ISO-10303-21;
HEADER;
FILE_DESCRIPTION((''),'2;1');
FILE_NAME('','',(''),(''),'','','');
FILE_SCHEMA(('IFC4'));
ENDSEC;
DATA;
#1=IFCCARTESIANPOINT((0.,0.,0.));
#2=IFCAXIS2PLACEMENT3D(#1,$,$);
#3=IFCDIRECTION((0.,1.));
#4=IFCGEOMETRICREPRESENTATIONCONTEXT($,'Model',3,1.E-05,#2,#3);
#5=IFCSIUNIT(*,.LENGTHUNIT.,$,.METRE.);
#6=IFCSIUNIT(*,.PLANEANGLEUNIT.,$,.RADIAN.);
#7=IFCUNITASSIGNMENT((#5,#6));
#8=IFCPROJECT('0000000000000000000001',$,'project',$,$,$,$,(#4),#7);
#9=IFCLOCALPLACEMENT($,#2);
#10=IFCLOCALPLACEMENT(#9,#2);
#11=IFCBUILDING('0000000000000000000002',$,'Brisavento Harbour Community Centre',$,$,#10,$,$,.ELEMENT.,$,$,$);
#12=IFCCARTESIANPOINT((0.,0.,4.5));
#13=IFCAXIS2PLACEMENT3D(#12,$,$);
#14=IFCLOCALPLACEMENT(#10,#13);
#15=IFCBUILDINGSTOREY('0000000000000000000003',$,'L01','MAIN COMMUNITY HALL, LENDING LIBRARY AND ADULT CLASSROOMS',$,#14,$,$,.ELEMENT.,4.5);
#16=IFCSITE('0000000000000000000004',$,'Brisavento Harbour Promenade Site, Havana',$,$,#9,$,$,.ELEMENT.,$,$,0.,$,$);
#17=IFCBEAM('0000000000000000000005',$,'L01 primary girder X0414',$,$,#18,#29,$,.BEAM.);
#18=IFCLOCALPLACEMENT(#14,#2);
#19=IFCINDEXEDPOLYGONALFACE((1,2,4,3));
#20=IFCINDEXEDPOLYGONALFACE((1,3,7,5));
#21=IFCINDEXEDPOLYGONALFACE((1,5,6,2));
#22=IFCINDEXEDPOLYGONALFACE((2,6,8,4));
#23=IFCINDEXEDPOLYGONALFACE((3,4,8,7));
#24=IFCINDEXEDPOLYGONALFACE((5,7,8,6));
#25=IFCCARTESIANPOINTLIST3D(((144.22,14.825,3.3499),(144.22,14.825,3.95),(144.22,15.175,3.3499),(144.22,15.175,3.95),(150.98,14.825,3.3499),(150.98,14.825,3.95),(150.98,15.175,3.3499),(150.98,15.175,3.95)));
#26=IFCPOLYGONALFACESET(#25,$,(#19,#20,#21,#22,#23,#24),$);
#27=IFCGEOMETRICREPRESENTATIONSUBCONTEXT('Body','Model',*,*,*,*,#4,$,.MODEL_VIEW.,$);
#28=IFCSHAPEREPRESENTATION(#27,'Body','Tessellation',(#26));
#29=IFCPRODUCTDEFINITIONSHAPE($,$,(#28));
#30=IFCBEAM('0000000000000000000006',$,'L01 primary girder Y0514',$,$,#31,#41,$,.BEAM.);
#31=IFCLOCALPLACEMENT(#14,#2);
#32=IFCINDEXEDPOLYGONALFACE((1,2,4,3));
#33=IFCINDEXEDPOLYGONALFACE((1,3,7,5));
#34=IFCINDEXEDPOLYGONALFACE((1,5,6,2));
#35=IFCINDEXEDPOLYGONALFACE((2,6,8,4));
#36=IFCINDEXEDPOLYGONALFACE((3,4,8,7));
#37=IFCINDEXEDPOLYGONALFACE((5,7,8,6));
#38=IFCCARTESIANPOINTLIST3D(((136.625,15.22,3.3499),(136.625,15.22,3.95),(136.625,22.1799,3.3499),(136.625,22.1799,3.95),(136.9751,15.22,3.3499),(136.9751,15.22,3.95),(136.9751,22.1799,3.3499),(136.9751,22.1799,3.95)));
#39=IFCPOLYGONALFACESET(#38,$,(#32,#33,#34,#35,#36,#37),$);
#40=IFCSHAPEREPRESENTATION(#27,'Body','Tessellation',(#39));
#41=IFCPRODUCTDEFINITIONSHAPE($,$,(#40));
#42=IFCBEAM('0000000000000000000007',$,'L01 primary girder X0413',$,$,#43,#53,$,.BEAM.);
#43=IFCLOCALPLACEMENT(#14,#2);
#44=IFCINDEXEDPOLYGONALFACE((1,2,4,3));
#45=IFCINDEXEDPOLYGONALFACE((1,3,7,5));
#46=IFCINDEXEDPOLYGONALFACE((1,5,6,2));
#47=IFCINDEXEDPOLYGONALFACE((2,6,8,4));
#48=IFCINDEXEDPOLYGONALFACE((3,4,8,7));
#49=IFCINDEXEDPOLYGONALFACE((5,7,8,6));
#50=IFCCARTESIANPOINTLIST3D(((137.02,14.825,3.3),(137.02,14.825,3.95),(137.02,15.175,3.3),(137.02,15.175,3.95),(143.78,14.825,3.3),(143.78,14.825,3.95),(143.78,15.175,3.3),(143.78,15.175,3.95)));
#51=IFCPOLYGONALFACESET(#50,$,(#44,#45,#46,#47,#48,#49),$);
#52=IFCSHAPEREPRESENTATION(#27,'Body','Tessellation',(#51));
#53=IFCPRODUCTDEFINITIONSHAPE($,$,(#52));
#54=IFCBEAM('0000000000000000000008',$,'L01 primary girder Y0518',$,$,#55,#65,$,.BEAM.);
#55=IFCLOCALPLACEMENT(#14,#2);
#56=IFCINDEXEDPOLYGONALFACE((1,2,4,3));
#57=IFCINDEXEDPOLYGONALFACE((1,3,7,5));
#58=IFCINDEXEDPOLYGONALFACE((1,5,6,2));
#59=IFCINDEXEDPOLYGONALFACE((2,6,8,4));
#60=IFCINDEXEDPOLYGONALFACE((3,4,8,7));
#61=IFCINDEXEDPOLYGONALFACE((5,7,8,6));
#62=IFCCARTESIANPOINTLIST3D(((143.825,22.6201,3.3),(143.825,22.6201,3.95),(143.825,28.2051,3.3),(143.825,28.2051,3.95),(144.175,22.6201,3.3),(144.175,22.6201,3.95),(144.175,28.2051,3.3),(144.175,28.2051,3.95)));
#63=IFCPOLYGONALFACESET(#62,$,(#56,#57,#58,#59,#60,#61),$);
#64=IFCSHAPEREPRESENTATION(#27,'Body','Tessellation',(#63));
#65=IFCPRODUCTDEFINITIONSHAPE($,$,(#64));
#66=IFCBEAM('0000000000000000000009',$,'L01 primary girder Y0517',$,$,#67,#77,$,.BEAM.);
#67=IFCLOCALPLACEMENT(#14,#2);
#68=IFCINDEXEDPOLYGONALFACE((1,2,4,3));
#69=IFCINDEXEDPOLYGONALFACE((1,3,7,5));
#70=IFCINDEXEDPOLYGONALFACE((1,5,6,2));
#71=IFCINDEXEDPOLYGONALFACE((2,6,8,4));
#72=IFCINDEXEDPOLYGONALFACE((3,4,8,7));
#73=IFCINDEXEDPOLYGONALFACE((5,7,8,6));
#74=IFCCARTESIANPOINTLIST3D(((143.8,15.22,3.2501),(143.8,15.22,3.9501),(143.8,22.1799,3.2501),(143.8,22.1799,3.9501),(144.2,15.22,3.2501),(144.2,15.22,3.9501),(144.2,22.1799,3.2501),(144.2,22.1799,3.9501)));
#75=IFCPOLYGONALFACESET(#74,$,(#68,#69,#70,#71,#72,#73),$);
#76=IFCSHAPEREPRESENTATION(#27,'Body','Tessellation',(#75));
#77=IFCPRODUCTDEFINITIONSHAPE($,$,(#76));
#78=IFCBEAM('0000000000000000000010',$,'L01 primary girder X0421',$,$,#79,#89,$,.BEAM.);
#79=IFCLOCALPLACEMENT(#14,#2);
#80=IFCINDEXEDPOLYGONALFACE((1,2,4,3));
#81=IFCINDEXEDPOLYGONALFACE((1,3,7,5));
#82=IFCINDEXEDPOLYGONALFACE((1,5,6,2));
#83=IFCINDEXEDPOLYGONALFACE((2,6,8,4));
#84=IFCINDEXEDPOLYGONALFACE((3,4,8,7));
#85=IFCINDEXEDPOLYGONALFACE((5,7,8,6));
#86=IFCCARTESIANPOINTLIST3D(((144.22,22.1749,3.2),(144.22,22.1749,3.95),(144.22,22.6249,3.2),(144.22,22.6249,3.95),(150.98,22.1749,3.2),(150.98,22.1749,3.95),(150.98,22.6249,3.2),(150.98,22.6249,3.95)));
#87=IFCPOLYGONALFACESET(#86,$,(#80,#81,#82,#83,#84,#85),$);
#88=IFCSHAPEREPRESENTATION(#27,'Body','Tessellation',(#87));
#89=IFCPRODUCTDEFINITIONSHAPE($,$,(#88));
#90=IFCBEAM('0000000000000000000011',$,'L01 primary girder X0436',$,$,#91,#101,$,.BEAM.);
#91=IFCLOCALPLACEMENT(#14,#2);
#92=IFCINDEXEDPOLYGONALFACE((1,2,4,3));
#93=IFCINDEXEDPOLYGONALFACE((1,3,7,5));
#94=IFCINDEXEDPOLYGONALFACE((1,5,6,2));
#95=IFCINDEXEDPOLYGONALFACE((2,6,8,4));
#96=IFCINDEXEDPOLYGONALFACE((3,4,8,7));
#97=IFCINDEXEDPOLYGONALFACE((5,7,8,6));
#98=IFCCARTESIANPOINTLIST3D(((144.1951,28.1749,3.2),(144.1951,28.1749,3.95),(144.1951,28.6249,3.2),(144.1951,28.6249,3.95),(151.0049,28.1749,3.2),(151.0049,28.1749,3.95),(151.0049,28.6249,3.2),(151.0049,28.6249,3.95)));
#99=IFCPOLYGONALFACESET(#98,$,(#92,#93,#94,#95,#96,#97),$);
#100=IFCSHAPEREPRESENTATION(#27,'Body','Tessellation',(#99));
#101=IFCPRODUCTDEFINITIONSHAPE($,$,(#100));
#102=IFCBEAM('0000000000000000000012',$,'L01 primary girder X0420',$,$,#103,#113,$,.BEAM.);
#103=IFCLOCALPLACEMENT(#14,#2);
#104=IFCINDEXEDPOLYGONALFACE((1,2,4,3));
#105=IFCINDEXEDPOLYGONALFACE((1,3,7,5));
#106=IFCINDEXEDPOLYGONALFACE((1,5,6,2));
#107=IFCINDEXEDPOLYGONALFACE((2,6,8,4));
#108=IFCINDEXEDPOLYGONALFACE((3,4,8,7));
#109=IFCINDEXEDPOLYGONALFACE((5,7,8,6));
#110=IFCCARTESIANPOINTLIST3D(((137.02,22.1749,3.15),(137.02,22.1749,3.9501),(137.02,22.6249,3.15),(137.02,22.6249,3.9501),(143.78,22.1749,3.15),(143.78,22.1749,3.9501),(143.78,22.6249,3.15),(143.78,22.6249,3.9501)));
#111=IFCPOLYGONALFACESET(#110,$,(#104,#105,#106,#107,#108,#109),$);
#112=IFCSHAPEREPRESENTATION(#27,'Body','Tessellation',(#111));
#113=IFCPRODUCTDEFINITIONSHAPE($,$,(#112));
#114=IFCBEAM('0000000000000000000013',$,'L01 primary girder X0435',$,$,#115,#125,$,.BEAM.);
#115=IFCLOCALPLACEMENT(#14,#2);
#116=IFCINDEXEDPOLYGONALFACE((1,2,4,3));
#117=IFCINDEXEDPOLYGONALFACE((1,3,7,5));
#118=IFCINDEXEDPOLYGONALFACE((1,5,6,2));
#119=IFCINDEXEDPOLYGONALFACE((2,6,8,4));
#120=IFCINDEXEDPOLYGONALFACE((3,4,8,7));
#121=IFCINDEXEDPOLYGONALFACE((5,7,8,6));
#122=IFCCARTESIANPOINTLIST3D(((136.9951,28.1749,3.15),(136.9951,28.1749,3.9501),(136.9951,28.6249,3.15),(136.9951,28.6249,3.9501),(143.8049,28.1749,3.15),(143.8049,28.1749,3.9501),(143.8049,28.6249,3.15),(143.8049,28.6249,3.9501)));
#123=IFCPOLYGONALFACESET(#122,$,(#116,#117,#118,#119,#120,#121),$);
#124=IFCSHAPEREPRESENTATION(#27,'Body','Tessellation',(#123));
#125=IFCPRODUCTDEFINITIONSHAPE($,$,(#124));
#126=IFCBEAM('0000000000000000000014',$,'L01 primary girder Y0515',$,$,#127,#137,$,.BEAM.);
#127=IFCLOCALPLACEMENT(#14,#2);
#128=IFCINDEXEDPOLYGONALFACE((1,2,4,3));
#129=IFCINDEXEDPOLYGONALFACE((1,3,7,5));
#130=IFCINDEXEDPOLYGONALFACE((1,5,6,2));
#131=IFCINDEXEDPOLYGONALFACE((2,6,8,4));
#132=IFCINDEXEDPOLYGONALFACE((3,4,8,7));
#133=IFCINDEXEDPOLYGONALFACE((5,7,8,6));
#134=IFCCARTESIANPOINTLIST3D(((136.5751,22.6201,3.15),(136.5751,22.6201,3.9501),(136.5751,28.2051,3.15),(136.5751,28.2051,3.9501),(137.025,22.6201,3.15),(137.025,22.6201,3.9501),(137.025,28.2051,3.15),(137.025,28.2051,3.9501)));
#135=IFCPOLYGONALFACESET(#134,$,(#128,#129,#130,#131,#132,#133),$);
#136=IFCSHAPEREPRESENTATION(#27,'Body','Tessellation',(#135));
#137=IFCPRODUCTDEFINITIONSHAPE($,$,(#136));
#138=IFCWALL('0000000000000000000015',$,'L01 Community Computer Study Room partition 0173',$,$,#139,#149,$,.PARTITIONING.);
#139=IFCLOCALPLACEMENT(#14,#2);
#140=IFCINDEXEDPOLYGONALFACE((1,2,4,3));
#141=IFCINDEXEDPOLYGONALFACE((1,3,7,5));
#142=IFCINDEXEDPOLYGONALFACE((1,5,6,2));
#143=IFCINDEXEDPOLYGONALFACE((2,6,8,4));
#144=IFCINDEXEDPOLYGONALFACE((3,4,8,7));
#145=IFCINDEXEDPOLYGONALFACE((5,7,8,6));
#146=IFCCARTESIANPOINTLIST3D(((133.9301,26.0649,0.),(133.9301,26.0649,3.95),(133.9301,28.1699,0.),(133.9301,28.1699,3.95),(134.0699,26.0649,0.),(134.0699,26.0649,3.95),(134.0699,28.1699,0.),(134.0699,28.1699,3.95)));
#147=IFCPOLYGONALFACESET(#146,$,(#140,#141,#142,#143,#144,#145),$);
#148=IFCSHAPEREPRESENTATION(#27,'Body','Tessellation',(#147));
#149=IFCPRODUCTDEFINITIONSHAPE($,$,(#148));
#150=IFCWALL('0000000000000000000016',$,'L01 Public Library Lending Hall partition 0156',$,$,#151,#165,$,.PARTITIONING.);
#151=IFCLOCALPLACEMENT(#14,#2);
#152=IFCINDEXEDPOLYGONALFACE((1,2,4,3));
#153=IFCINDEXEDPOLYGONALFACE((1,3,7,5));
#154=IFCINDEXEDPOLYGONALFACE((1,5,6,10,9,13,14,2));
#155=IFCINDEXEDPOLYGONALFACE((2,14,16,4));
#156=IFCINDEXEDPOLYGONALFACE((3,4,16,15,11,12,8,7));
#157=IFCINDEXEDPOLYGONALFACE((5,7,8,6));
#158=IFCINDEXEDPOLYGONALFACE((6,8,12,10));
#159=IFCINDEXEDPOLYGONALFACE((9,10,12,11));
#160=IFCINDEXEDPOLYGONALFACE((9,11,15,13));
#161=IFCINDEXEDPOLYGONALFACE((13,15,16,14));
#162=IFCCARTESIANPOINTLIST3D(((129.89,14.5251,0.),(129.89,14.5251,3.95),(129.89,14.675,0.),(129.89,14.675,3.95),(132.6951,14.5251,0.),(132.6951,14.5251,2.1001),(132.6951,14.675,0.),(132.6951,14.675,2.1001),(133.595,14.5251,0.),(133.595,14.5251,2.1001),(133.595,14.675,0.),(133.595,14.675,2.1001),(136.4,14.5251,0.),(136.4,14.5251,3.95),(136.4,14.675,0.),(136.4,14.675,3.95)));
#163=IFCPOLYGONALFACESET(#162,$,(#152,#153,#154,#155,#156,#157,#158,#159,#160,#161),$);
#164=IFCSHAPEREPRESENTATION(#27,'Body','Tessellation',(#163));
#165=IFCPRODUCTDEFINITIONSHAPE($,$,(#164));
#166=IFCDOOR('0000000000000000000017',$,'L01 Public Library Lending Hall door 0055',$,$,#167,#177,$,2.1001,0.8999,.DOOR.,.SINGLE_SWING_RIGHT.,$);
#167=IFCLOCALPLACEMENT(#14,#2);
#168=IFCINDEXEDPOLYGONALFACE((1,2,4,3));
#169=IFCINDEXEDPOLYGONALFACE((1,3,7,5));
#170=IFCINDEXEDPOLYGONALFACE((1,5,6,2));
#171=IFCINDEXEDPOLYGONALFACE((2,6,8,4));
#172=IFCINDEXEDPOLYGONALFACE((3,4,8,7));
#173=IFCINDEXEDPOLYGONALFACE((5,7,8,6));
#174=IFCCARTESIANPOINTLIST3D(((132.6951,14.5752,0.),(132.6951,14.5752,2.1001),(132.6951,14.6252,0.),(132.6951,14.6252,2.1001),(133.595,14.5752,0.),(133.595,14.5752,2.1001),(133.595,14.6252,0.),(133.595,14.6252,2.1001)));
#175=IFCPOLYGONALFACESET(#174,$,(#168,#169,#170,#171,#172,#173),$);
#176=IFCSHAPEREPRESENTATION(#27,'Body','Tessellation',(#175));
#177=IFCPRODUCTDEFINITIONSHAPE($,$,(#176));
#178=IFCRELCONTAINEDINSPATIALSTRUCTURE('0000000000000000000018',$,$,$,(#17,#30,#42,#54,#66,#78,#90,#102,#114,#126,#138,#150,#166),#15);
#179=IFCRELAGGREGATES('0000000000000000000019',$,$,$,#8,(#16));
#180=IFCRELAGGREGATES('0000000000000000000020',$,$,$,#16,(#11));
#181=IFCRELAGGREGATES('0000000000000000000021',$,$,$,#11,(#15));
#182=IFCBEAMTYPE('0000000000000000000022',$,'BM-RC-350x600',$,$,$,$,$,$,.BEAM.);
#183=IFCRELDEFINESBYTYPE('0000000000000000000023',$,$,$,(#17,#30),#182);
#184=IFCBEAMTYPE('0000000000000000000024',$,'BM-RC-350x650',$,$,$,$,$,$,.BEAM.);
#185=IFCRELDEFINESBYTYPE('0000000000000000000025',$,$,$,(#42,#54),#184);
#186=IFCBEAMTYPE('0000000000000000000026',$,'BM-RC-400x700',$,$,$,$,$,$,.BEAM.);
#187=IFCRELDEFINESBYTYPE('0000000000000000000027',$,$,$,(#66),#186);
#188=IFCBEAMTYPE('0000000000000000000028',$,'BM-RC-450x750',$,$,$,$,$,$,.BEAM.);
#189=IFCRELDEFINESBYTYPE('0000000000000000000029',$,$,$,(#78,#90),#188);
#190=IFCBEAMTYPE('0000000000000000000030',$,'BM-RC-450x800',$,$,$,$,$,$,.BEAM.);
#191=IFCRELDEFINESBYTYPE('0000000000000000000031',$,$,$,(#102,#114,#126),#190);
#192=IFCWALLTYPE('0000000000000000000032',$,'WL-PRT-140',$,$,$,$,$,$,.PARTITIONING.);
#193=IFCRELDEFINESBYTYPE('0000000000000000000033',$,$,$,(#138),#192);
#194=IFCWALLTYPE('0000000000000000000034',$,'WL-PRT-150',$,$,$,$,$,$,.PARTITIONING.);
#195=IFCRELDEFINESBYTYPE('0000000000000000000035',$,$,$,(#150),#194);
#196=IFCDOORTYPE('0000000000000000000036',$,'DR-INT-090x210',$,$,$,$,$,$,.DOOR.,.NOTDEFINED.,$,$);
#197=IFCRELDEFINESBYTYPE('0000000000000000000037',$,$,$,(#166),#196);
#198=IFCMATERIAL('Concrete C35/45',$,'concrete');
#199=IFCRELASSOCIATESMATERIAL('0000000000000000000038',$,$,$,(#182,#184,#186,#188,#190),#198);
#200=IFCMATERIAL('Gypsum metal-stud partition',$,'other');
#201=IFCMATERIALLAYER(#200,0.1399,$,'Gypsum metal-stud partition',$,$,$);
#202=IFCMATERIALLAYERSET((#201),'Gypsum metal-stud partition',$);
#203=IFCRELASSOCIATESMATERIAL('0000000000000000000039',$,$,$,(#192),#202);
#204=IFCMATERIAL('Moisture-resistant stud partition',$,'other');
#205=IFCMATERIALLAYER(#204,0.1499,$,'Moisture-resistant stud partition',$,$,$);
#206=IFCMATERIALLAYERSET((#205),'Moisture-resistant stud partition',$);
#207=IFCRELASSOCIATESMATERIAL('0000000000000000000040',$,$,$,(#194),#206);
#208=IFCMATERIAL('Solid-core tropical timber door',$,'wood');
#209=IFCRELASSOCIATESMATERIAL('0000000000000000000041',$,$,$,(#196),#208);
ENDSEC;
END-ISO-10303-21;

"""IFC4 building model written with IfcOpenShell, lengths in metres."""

from ifc_helpers import new_model, si_unit, direction, frame, frame_2d, origin, origin_2d, place, context, subcontext, project, spatial, rectangle, extrude, material, layer, layer_set, material_profile, profile_set, type_object, element, fill, save


model = new_model("IFC4")

# Units and contexts
model_context = context("Model", 3, precision=1e-05, world=origin(), true_north=direction((0.0, 1.0)))
body_context = subcontext(model_context, "Body", "Model", "MODEL_VIEW")
ifc_project = project(units=[si_unit("LENGTHUNIT", "METRE"), si_unit("PLANEANGLEUNIT", "RADIAN")], contexts=[model_context])

# Site, building, storey
site_placement = place(None, origin())
site = spatial("IfcSite", under=ifc_project, at=site_placement, Name="Brisavento Harbour Promenade Site, Havana", CompositionType="ELEMENT", RefElevation=0.0)
building_placement = place(site_placement, origin())
building = spatial("IfcBuilding", under=site, at=building_placement, Name="Brisavento Harbour Community Centre", CompositionType="ELEMENT")
storey_placement = place(building_placement, frame((0.0, 0.0, 4.5)))
storey = spatial("IfcBuildingStorey", under=building, at=storey_placement, Name="L01", Description="MAIN COMMUNITY HALL, LENDING LIBRARY AND ADULT CLASSROOMS", CompositionType="ELEMENT", Elevation=4.5)

# Shared definitions
ifc_material_1 = material(Name="Concrete C35/45", Category="concrete")

# Beams
ifc_material_profile_1 = material_profile(ifc_material_1, rectangle(XDim=0.3501, YDim=0.6001, at=origin_2d()), Name="Concrete C35/45")
ifc_profile_set_1 = profile_set([ifc_material_profile_1], Name="Concrete C35/45")
beam_type_1 = type_object("IfcBeamType", Name="BM-RC-350x600", PredefinedType="BEAM", material=ifc_profile_set_1)
beam_1_placement = place(storey_placement, frame((144.22, 15.0, 3.6499), z_axis=(1.0, 0.0, 0.0), x_axis=(0.0, 1.0, 0.0)))
element("IfcBeam", 1, at=beam_1_placement, inside=storey, type_object=beam_type_1, Name="L01 primary girder X0414", PredefinedType="BEAM", context=body_context, shape_type="SweptSolid", body=[
    extrude(rectangle(XDim=0.3501, YDim=0.6001, at=origin_2d()), origin(), (0.0, 0.0, 1.0), 6.76),
])
beam_2_placement = place(storey_placement, frame((136.8, 15.22, 3.6499), z_axis=(0.0, 1.0, 0.0), x_axis=(-1.0, 0.0, 0.0)))
element("IfcBeam", 2, at=beam_2_placement, inside=storey, type_object=beam_type_1, Name="L01 primary girder Y0514", PredefinedType="BEAM", context=body_context, shape_type="SweptSolid", body=[
    extrude(rectangle(XDim=0.3501, YDim=0.6001, at=origin_2d()), origin(), (0.0, 0.0, 1.0), 6.96),
])
ifc_material_profile_2 = material_profile(ifc_material_1, rectangle(XDim=0.3501, YDim=0.6499, at=origin_2d()), Name="Concrete C35/45")
ifc_profile_set_2 = profile_set([ifc_material_profile_2], Name="Concrete C35/45")
beam_type_2 = type_object("IfcBeamType", Name="BM-RC-350x650", PredefinedType="BEAM", material=ifc_profile_set_2)
beam_3_placement = place(storey_placement, frame((137.02, 15.0, 3.625), z_axis=(1.0, 0.0, 0.0), x_axis=(0.0, 1.0, 0.0)))
element("IfcBeam", 3, at=beam_3_placement, inside=storey, type_object=beam_type_2, Name="L01 primary girder X0413", PredefinedType="BEAM", context=body_context, shape_type="SweptSolid", body=[
    extrude(rectangle(XDim=0.3501, YDim=0.6499, at=origin_2d()), origin(), (0.0, 0.0, 1.0), 6.76),
])
beam_4_placement = place(storey_placement, frame((144.0, 22.6201, 3.625), z_axis=(0.0, 1.0, 0.0), x_axis=(-1.0, 0.0, 0.0)))
element("IfcBeam", 4, at=beam_4_placement, inside=storey, type_object=beam_type_2, Name="L01 primary girder Y0518", PredefinedType="BEAM", context=body_context, shape_type="SweptSolid", body=[
    extrude(rectangle(XDim=0.3501, YDim=0.6499, at=origin_2d()), origin(), (0.0, 0.0, 1.0), 5.585),
])
ifc_material_profile_3 = material_profile(ifc_material_1, rectangle(XDim=0.3999, YDim=0.7, at=origin_2d()), Name="Concrete C35/45")
ifc_profile_set_3 = profile_set([ifc_material_profile_3], Name="Concrete C35/45")
beam_type_3 = type_object("IfcBeamType", Name="BM-RC-400x700", PredefinedType="BEAM", material=ifc_profile_set_3)
beam_5_placement = place(storey_placement, frame((144.0, 15.22, 3.6001), z_axis=(0.0, 1.0, 0.0), x_axis=(-1.0, 0.0, 0.0)))
element("IfcBeam", 5, at=beam_5_placement, inside=storey, type_object=beam_type_3, Name="L01 primary girder Y0517", PredefinedType="BEAM", context=body_context, shape_type="SweptSolid", body=[
    extrude(rectangle(XDim=0.3999, YDim=0.7, at=origin_2d()), origin(), (0.0, 0.0, 1.0), 6.96),
])
ifc_material_profile_4 = material_profile(ifc_material_1, rectangle(XDim=0.45, YDim=0.75, at=origin_2d()), Name="Concrete C35/45")
ifc_profile_set_4 = profile_set([ifc_material_profile_4], Name="Concrete C35/45")
beam_type_4 = type_object("IfcBeamType", Name="BM-RC-450x750", PredefinedType="BEAM", material=ifc_profile_set_4)
beam_6_placement = place(storey_placement, frame((144.22, 22.3999, 3.575), z_axis=(1.0, 0.0, 0.0), x_axis=(0.0, 1.0, 0.0)))
element("IfcBeam", 6, at=beam_6_placement, inside=storey, type_object=beam_type_4, Name="L01 primary girder X0421", PredefinedType="BEAM", context=body_context, shape_type="SweptSolid", body=[
    extrude(rectangle(XDim=0.45, YDim=0.75, at=origin_2d()), origin(), (0.0, 0.0, 1.0), 6.76),
])
beam_7_placement = place(storey_placement, frame((144.1951, 28.3999, 3.575), z_axis=(1.0, 0.0, 0.0), x_axis=(0.0, 1.0, 0.0)))
element("IfcBeam", 7, at=beam_7_placement, inside=storey, type_object=beam_type_4, Name="L01 primary girder X0436", PredefinedType="BEAM", context=body_context, shape_type="SweptSolid", body=[
    extrude(rectangle(XDim=0.45, YDim=0.75, at=origin_2d()), origin(), (0.0, 0.0, 1.0), 6.8098),
])
ifc_material_profile_5 = material_profile(ifc_material_1, rectangle(XDim=0.45, YDim=0.8, at=origin_2d()), Name="Concrete C35/45")
ifc_profile_set_5 = profile_set([ifc_material_profile_5], Name="Concrete C35/45")
beam_type_5 = type_object("IfcBeamType", Name="BM-RC-450x800", PredefinedType="BEAM", material=ifc_profile_set_5)
beam_8_placement = place(storey_placement, frame((137.02, 22.3999, 3.55), z_axis=(1.0, 0.0, 0.0), x_axis=(0.0, 1.0, 0.0)))
element("IfcBeam", 8, at=beam_8_placement, inside=storey, type_object=beam_type_5, Name="L01 primary girder X0420", PredefinedType="BEAM", context=body_context, shape_type="SweptSolid", body=[
    extrude(rectangle(XDim=0.45, YDim=0.8, at=origin_2d()), origin(), (0.0, 0.0, 1.0), 6.76),
])
beam_9_placement = place(storey_placement, frame((136.9951, 28.3999, 3.55), z_axis=(1.0, 0.0, 0.0), x_axis=(0.0, 1.0, 0.0)))
element("IfcBeam", 9, at=beam_9_placement, inside=storey, type_object=beam_type_5, Name="L01 primary girder X0435", PredefinedType="BEAM", context=body_context, shape_type="SweptSolid", body=[
    extrude(rectangle(XDim=0.45, YDim=0.8, at=origin_2d()), origin(), (0.0, 0.0, 1.0), 6.8098),
])
beam_10_placement = place(storey_placement, frame((136.8, 22.6201, 3.55), z_axis=(0.0, 1.0, 0.0), x_axis=(-1.0, 0.0, 0.0)))
element("IfcBeam", 10, at=beam_10_placement, inside=storey, type_object=beam_type_5, Name="L01 primary girder Y0515", PredefinedType="BEAM", context=body_context, shape_type="SweptSolid", body=[
    extrude(rectangle(XDim=0.45, YDim=0.8, at=origin_2d()), origin(), (0.0, 0.0, 1.0), 5.585),
])

# Wall
ifc_material_2 = material(Name="Gypsum metal-stud partition", Category="other")
ifc_layer_1 = layer(ifc_material_2, 0.1399, Name="Gypsum metal-stud partition")
ifc_layer_set_1 = layer_set([ifc_layer_1], Name="Gypsum metal-stud partition")
wall_type_1 = type_object("IfcWallType", Name="WL-PRT-140", PredefinedType="PARTITIONING", material=ifc_layer_set_1)
wall_1_placement = place(storey_placement, frame((134.0, 28.1699, 0.0), z_axis=(0.0, 0.0, 1.0), x_axis=(0.0, -1.0, 0.0)))
element("IfcWall", 11, at=wall_1_placement, inside=storey, type_object=wall_type_1, Name="L01 Community Computer Study Room partition 0173", PredefinedType="PARTITIONING", context=body_context, shape_type="SweptSolid", body=[
    extrude(rectangle(XDim=2.105, YDim=0.1399, at=frame_2d((1.0525, 0.0))), origin(), (0.0, 0.0, 1.0), 3.95),
])

# Wall, opening, door
ifc_material_3 = material(Name="Moisture-resistant stud partition", Category="other")
ifc_layer_2 = layer(ifc_material_3, 0.1499, Name="Moisture-resistant stud partition")
ifc_layer_set_2 = layer_set([ifc_layer_2], Name="Moisture-resistant stud partition")
wall_type_2 = type_object("IfcWallType", Name="WL-PRT-150", PredefinedType="PARTITIONING", material=ifc_layer_set_2)
wall_2_placement = place(storey_placement, frame((136.3999, 14.6001, 0.0), z_axis=(0.0, 0.0, 1.0), x_axis=(-1.0, 0.0, 0.0)))
wall_2 = element("IfcWall", 12, at=wall_2_placement, inside=storey, type_object=wall_type_2, Name="L01 Public Library Lending Hall partition 0156", PredefinedType="PARTITIONING", context=body_context, shape_type="SweptSolid", body=[
    extrude(rectangle(XDim=6.51, YDim=0.1499, at=frame_2d((3.2549, 0.0))), origin(), (0.0, 0.0, 1.0), 3.95),
])
opening_placement = place(wall_2_placement, frame((2.8049, 0.0, 0.0)))
opening = element("IfcOpeningElement", 13, at=opening_placement, cuts=wall_2, PredefinedType="OPENING", context=body_context, shape_type="SweptSolid", body=[
    extrude(rectangle(XDim=0.8999, YDim=2.1001, at=frame_2d((0.45, 1.05))), frame((0.0, 0.085, 0.0), z_axis=(0.0, -1.0, 0.0), x_axis=(1.0, 0.0, 0.0)), (0.0, 0.0, 1.0), 0.1699),
])
ifc_material_4 = material(Name="Solid-core tropical timber door", Category="wood")
door_type = type_object("IfcDoorType", Name="DR-INT-090x210", OperationType="NOTDEFINED", PredefinedType="DOOR", material=ifc_material_4)
door_placement = place(opening_placement, origin())
door = element("IfcDoor", 14, at=door_placement, inside=storey, type_object=door_type, Name="L01 Public Library Lending Hall door 0055", OperationType="SINGLE_SWING_RIGHT", OverallHeight=2.1001, OverallWidth=0.8999, PredefinedType="DOOR", context=body_context, shape_type="SweptSolid", body=[
    extrude(rectangle(XDim=0.8999, YDim=2.1001, at=frame_2d((0.45, 1.05))), frame((0.0, 0.0249, 0.0), z_axis=(0.0, -1.0, 0.0), x_axis=(1.0, 0.0, 0.0)), (0.0, 0.0, 1.0), 0.05),
])
fill(opening, door)

save(model, "model.ifc")
